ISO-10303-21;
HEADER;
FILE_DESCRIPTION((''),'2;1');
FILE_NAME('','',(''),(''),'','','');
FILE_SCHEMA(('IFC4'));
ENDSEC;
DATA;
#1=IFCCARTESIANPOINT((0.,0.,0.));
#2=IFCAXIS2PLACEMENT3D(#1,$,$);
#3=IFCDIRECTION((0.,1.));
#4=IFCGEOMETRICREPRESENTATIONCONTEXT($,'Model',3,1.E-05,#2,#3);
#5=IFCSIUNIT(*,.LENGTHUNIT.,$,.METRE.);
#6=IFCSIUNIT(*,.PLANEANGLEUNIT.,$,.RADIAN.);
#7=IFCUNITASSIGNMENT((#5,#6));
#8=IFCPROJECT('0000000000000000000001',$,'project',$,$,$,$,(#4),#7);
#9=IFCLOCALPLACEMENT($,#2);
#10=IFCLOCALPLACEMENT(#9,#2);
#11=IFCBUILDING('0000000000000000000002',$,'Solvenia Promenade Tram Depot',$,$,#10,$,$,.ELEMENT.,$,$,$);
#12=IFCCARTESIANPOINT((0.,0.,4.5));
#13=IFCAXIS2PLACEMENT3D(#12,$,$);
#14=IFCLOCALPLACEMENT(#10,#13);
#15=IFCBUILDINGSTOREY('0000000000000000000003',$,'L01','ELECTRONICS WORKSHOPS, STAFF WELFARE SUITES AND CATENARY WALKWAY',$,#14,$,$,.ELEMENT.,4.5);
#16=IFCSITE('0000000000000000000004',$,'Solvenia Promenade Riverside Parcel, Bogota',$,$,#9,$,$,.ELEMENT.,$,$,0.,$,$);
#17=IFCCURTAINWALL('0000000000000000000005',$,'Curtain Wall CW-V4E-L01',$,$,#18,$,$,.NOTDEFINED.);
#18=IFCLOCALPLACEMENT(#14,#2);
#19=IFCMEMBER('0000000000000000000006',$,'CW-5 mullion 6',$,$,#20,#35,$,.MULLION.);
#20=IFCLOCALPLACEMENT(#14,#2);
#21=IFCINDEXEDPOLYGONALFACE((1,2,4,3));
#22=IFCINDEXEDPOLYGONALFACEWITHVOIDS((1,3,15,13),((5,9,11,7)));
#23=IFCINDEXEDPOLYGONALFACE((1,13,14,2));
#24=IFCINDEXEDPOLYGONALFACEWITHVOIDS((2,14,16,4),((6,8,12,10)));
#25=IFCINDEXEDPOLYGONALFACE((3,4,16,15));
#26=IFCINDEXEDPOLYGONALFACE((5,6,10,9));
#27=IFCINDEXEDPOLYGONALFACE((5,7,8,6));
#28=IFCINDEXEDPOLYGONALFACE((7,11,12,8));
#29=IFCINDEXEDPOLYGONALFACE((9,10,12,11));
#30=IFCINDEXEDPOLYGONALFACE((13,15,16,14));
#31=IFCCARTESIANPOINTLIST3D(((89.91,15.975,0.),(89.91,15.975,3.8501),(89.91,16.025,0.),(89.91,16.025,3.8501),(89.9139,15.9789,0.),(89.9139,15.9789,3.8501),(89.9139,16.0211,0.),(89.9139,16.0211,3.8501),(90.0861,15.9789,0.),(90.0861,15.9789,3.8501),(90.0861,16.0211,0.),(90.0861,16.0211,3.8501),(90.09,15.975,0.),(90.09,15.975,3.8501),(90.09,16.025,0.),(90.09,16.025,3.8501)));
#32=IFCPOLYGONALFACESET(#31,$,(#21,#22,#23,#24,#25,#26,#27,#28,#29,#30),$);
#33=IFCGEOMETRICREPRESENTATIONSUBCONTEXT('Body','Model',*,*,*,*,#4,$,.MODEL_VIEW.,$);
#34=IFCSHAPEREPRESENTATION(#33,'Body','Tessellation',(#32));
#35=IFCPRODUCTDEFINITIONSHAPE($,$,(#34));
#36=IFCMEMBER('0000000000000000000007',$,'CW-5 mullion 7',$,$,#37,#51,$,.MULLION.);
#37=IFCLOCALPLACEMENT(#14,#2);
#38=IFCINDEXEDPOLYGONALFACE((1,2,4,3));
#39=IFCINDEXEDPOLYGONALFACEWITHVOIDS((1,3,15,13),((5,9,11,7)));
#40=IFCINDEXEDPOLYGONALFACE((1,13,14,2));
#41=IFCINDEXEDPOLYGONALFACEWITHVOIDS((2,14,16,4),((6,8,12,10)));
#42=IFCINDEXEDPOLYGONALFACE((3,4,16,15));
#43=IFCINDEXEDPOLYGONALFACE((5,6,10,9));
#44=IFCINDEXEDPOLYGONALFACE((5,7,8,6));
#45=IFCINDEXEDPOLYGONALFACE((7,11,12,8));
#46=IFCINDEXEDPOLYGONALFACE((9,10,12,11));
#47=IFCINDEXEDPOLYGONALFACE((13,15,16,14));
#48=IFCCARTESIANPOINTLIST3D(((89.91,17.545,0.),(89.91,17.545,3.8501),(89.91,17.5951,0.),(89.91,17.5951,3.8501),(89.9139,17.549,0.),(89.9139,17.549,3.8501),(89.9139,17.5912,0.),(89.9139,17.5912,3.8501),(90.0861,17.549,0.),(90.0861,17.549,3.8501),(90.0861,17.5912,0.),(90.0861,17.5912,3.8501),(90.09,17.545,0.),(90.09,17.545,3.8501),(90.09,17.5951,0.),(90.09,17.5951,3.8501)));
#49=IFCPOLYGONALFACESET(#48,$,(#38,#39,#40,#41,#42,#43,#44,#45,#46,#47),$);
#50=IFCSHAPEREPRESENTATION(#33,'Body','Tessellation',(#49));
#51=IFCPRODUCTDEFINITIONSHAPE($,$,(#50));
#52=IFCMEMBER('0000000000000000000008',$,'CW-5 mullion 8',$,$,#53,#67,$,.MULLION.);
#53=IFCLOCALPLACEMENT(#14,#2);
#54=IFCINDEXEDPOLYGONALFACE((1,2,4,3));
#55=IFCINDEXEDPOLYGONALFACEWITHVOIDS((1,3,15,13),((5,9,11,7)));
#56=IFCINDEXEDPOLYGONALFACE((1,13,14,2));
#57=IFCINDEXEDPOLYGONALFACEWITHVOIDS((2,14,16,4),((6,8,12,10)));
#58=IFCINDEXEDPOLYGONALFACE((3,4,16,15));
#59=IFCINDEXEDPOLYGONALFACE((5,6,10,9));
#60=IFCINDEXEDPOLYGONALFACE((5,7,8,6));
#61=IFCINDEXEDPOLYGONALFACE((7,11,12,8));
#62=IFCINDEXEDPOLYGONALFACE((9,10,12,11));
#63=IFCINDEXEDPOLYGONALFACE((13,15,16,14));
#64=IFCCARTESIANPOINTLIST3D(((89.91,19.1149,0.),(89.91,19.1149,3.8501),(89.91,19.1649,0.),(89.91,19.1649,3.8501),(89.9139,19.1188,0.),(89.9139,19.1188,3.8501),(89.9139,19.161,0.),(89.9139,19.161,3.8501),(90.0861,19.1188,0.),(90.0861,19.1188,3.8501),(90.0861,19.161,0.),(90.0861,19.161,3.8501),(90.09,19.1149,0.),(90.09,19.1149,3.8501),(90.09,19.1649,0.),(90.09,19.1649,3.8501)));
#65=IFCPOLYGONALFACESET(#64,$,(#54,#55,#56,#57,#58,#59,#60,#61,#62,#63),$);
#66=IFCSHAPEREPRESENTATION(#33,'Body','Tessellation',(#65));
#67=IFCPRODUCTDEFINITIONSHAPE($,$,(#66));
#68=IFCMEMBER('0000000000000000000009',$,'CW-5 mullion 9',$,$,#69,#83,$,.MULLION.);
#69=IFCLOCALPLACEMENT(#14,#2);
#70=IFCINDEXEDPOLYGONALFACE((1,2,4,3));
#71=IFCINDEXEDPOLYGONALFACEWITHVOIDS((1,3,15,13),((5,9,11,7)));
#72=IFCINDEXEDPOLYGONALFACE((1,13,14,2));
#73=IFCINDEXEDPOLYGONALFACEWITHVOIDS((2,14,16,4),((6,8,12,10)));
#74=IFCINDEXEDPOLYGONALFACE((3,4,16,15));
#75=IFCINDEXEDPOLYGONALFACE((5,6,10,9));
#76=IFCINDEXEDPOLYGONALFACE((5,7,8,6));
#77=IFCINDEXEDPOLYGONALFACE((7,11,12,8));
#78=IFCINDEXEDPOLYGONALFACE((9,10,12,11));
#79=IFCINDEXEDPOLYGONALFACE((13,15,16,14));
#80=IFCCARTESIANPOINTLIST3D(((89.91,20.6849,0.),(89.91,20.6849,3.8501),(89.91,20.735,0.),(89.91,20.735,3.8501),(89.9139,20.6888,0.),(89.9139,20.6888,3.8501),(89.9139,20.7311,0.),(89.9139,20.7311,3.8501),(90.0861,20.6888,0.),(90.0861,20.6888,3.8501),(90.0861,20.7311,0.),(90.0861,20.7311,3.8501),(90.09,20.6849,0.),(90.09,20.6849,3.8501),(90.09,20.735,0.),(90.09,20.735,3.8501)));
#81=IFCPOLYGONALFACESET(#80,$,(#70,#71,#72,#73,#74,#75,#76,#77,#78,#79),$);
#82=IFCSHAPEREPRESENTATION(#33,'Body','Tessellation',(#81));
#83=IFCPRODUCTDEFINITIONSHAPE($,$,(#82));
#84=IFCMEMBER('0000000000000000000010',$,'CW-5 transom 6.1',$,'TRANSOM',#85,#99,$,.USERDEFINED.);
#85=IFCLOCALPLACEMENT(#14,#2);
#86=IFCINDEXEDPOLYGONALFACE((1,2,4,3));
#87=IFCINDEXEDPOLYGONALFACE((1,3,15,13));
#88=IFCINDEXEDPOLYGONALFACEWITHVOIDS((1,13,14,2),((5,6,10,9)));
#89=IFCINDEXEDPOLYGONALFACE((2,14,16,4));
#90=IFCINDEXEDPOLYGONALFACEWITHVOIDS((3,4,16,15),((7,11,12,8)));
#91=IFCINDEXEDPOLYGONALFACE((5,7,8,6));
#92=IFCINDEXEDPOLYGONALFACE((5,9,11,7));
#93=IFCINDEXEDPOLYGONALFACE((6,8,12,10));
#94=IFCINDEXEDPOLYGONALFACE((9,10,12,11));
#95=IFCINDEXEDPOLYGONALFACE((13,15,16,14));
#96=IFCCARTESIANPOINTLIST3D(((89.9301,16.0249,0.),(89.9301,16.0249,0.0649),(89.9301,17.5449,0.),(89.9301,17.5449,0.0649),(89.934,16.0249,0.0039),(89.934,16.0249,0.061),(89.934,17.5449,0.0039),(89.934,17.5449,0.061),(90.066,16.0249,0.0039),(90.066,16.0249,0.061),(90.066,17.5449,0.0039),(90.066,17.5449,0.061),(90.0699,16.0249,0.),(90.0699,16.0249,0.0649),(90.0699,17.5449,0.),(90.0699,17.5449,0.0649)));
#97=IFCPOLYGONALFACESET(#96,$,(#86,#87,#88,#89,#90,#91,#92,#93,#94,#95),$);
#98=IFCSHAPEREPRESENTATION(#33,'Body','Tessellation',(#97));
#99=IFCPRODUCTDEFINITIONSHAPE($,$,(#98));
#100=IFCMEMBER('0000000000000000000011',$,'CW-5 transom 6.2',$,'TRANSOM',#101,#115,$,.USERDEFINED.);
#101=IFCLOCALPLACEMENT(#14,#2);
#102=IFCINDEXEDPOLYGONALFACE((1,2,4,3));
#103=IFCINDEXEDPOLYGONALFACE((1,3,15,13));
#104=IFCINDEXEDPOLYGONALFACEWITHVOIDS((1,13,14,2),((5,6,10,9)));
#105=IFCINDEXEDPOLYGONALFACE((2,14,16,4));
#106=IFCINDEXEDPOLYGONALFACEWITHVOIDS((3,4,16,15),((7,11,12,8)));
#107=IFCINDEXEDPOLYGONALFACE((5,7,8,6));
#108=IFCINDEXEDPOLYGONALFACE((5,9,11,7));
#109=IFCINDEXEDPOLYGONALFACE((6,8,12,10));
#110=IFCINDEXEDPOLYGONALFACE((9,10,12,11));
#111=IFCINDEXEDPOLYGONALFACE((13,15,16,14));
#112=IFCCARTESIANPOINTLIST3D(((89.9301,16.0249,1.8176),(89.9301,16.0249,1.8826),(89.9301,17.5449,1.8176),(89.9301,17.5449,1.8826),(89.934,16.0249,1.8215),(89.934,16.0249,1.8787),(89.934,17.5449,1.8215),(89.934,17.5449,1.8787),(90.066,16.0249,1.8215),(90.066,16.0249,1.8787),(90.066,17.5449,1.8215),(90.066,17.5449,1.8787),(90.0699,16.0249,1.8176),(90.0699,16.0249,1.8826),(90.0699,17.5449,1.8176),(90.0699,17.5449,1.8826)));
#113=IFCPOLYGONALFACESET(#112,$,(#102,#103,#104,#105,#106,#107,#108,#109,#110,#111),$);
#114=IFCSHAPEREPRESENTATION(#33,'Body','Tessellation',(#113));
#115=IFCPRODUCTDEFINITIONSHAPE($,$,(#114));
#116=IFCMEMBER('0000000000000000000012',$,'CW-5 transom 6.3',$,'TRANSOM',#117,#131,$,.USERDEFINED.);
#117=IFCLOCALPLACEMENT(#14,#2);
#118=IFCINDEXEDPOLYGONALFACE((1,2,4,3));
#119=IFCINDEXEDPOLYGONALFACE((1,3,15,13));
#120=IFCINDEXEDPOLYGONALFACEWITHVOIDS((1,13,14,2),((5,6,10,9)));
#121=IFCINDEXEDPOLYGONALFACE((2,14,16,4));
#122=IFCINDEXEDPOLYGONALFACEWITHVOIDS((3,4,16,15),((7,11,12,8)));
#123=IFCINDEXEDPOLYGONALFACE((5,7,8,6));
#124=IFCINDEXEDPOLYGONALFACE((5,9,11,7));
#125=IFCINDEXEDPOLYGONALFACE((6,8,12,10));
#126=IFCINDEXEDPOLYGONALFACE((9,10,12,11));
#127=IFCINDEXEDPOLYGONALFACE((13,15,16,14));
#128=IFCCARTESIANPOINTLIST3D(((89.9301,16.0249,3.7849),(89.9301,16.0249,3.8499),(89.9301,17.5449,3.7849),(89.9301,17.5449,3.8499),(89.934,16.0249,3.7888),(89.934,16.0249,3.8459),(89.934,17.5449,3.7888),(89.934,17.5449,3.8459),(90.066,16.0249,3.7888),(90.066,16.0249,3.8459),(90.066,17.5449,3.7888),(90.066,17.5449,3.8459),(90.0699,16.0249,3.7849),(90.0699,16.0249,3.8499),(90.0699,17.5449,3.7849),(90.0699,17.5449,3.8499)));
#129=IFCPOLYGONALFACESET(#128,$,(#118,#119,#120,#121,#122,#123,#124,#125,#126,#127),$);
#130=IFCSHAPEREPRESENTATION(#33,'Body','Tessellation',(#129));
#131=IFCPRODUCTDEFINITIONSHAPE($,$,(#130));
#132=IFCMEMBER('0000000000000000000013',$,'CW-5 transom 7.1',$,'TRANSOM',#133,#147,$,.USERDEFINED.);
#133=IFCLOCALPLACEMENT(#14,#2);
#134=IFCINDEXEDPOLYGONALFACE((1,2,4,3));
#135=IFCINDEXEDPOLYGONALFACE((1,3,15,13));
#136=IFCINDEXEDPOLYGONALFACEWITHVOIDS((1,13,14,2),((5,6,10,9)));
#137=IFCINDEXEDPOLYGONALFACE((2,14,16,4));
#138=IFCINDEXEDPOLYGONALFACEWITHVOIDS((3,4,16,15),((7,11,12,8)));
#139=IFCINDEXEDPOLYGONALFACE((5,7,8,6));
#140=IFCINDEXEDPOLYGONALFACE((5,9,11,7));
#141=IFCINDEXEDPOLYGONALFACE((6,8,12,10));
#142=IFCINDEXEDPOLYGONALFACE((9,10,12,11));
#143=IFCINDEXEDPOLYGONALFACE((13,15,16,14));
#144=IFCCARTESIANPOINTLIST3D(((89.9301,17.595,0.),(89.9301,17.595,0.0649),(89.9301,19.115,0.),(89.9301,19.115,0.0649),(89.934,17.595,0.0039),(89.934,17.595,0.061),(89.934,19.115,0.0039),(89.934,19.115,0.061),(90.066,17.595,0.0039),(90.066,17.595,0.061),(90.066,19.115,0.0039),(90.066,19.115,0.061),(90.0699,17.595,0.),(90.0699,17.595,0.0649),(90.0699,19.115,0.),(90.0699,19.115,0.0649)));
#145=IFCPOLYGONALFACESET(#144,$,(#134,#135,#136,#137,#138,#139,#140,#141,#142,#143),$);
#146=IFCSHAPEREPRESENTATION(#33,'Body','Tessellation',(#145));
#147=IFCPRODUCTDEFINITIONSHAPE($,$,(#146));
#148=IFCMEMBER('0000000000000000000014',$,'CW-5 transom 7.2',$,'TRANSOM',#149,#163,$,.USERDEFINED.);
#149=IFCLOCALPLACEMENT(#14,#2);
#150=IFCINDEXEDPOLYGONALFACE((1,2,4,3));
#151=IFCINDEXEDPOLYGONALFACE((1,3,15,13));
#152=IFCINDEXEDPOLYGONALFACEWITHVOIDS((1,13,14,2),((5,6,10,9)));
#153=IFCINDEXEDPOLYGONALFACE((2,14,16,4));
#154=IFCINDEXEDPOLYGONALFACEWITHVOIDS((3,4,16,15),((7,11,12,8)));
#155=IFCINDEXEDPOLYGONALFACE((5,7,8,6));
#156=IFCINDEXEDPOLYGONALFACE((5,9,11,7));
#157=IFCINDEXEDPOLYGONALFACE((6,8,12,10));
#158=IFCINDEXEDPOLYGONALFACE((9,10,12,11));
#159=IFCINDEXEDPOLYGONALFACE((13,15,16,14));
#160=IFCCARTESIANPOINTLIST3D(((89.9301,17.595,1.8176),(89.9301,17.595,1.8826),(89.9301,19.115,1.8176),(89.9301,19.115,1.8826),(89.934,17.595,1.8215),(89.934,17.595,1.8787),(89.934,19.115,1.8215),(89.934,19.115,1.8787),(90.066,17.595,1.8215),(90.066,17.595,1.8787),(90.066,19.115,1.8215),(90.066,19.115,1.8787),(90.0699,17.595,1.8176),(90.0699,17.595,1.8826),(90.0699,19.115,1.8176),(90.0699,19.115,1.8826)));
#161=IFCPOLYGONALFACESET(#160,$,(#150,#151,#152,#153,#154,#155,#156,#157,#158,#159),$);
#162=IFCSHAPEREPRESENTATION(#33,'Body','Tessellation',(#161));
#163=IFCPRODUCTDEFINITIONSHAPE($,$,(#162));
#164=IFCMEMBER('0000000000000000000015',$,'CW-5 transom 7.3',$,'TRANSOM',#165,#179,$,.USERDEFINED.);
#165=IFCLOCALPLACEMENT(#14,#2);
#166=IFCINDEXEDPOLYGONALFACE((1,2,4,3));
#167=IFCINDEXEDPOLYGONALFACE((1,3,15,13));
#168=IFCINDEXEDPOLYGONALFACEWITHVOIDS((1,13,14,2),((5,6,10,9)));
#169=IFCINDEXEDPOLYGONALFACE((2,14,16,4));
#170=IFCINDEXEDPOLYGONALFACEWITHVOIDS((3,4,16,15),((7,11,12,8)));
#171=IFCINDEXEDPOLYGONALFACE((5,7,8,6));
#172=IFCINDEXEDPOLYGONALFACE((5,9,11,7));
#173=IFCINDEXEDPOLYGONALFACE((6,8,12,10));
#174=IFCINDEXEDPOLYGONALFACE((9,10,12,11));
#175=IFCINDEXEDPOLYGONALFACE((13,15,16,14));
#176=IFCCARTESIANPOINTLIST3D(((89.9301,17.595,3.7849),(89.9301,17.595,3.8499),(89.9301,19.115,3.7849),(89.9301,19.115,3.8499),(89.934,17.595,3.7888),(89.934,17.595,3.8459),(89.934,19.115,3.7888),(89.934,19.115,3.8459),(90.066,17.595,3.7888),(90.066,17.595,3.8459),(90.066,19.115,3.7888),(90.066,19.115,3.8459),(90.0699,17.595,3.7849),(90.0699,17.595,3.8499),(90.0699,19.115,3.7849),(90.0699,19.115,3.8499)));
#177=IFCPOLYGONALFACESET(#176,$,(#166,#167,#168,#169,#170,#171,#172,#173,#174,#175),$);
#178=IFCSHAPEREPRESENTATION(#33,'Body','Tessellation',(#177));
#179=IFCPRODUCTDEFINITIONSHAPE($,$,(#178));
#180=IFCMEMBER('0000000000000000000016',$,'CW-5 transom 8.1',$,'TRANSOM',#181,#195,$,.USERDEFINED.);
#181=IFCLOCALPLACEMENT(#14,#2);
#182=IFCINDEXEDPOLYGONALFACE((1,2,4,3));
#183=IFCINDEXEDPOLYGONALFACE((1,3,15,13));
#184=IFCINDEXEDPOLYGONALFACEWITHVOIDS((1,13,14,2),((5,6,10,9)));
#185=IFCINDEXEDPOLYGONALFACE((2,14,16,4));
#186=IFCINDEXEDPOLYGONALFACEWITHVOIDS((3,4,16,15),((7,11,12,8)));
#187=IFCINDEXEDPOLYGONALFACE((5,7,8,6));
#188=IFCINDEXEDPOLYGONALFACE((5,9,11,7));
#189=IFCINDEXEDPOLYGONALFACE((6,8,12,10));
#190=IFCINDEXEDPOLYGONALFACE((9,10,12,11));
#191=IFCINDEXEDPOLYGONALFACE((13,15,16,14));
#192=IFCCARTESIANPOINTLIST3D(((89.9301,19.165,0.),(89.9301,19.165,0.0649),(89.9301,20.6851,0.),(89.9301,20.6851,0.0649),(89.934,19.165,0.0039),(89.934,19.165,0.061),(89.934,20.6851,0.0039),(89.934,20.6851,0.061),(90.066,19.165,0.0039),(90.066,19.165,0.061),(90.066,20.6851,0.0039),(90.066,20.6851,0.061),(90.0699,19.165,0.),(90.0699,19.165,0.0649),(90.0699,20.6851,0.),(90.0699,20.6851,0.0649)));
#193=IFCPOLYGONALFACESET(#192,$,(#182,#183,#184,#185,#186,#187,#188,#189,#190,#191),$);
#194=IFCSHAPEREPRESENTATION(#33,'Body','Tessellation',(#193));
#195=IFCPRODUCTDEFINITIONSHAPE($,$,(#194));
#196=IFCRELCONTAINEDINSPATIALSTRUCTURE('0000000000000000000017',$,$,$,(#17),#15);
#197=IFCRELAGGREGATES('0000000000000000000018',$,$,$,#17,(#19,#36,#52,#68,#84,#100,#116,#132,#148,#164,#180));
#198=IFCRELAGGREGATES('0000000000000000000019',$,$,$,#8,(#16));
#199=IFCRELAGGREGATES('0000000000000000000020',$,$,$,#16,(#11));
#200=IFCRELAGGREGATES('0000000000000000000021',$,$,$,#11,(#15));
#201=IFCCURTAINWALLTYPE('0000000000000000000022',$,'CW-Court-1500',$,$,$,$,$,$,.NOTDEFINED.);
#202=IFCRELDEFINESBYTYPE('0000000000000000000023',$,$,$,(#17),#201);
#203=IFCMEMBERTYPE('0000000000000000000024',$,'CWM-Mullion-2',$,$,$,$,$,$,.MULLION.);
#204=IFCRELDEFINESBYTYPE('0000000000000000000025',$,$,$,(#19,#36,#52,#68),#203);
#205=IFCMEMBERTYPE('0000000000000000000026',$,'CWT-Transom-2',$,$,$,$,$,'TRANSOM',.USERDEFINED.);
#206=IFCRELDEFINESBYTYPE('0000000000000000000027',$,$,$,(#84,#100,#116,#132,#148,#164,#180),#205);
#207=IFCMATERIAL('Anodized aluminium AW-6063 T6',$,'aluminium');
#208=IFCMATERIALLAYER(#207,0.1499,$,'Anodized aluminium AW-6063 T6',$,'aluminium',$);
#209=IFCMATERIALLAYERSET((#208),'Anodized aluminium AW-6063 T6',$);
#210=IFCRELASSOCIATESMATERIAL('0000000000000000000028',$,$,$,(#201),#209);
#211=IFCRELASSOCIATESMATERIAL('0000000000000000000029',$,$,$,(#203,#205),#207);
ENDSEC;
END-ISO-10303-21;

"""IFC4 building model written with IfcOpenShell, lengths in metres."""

from ifc_helpers import new_model, si_unit, direction, frame, origin, origin_2d, place, context, subcontext, project, spatial, hollow_rectangle, extrude, material, layer, layer_set, material_profile, profile_set, type_object, element, aggregate, save


model = new_model("IFC4")

# Units and contexts
model_context = context("Model", 3, precision=1e-05, world=origin(), true_north=direction((0.0, 1.0)))
body_context = subcontext(model_context, "Body", "Model", "MODEL_VIEW")
ifc_project = project(units=[si_unit("LENGTHUNIT", "METRE"), si_unit("PLANEANGLEUNIT", "RADIAN")], contexts=[model_context])

# Site, building, storey
site_placement = place(None, origin())
site = spatial("IfcSite", under=ifc_project, at=site_placement, Name="Solvenia Promenade Riverside Parcel, Bogota", CompositionType="ELEMENT", RefElevation=0.0)
building_placement = place(site_placement, origin())
building = spatial("IfcBuilding", under=site, at=building_placement, Name="Solvenia Promenade Tram Depot", CompositionType="ELEMENT")
storey_placement = place(building_placement, frame((0.0, 0.0, 4.5)))
storey = spatial("IfcBuildingStorey", under=building, at=storey_placement, Name="L01", Description="ELECTRONICS WORKSHOPS, STAFF WELFARE SUITES AND CATENARY WALKWAY", CompositionType="ELEMENT", Elevation=4.5)

# Curtain wall, members
ifc_material_1 = material(Name="Anodized aluminium AW-6063 T6", Category="aluminium")
ifc_layer_1 = layer(ifc_material_1, 0.1499, Name="Anodized aluminium AW-6063 T6", Category="aluminium")
ifc_layer_set_1 = layer_set([ifc_layer_1], Name="Anodized aluminium AW-6063 T6")
curtain_wall_type = type_object("IfcCurtainWallType", Name="CW-Court-1500", PredefinedType="NOTDEFINED", material=ifc_layer_set_1)
curtain_wall_placement = place(storey_placement, origin())
curtain_wall = element("IfcCurtainWall", 1, at=curtain_wall_placement, inside=storey, type_object=curtain_wall_type, Name="Curtain Wall CW-V4E-L01", PredefinedType="NOTDEFINED")
ifc_material_profile_1 = material_profile(ifc_material_1, hollow_rectangle(XDim=0.1799, YDim=0.05, WallThickness=0.0039, at=origin_2d()), Name="ALU-M2", Category="aluminium")
ifc_profile_set_1 = profile_set([ifc_material_profile_1], Name="Anodized aluminium AW-6063 T6")
member_type_1 = type_object("IfcMemberType", Name="CWM-Mullion-2", PredefinedType="MULLION", material=ifc_profile_set_1)
member_1_placement = place(storey_placement, frame((90.0, 16.0, 0.0), z_axis=(0.0, 0.0, 1.0), x_axis=(-1.0, 0.0, 0.0)))
member_1 = element("IfcMember", 2, at=member_1_placement, type_object=member_type_1, Name="CW-5 mullion 6", PredefinedType="MULLION", context=body_context, shape_type="SweptSolid", body=[
    extrude(hollow_rectangle(XDim=0.1799, YDim=0.05, WallThickness=0.0039, at=origin_2d()), origin(), (0.0, 0.0, 1.0), 3.8501),
])
member_2_placement = place(storey_placement, frame((90.0, 17.5701, 0.0), z_axis=(0.0, 0.0, 1.0), x_axis=(-1.0, 0.0, 0.0)))
member_2 = element("IfcMember", 3, at=member_2_placement, type_object=member_type_1, Name="CW-5 mullion 7", PredefinedType="MULLION", context=body_context, shape_type="SweptSolid", body=[
    extrude(hollow_rectangle(XDim=0.1799, YDim=0.05, WallThickness=0.0039, at=origin_2d()), origin(), (0.0, 0.0, 1.0), 3.8501),
])
member_3_placement = place(storey_placement, frame((90.0, 19.1399, 0.0), z_axis=(0.0, 0.0, 1.0), x_axis=(-1.0, 0.0, 0.0)))
member_3 = element("IfcMember", 4, at=member_3_placement, type_object=member_type_1, Name="CW-5 mullion 8", PredefinedType="MULLION", context=body_context, shape_type="SweptSolid", body=[
    extrude(hollow_rectangle(XDim=0.1799, YDim=0.05, WallThickness=0.0039, at=origin_2d()), origin(), (0.0, 0.0, 1.0), 3.8501),
])
member_4_placement = place(storey_placement, frame((90.0, 20.71, 0.0), z_axis=(0.0, 0.0, 1.0), x_axis=(-1.0, 0.0, 0.0)))
member_4 = element("IfcMember", 5, at=member_4_placement, type_object=member_type_1, Name="CW-5 mullion 9", PredefinedType="MULLION", context=body_context, shape_type="SweptSolid", body=[
    extrude(hollow_rectangle(XDim=0.1799, YDim=0.05, WallThickness=0.0039, at=origin_2d()), origin(), (0.0, 0.0, 1.0), 3.8501),
])
ifc_material_profile_2 = material_profile(ifc_material_1, hollow_rectangle(XDim=0.1399, YDim=0.0649, WallThickness=0.0039, at=origin_2d()), Name="ALU-T2", Category="aluminium")
ifc_profile_set_2 = profile_set([ifc_material_profile_2], Name="Anodized aluminium AW-6063 T6")
member_type_2 = type_object("IfcMemberType", Name="CWT-Transom-2", ElementType="TRANSOM", PredefinedType="USERDEFINED", material=ifc_profile_set_2)
member_5_placement = place(storey_placement, frame((90.0, 16.0249, 0.0325), z_axis=(0.0, 1.0, 0.0), x_axis=(-1.0, 0.0, 0.0)))
member_5 = element("IfcMember", 6, at=member_5_placement, type_object=member_type_2, Name="CW-5 transom 6.1", ObjectType="TRANSOM", PredefinedType="USERDEFINED", context=body_context, shape_type="SweptSolid", body=[
    extrude(hollow_rectangle(XDim=0.1399, YDim=0.0649, WallThickness=0.0039, at=origin_2d()), origin(), (0.0, 0.0, 1.0), 1.52),
])
member_6_placement = place(storey_placement, frame((90.0, 16.0249, 1.8501), z_axis=(0.0, 1.0, 0.0), x_axis=(-1.0, 0.0, 0.0)))
member_6 = element("IfcMember", 7, at=member_6_placement, type_object=member_type_2, Name="CW-5 transom 6.2", ObjectType="TRANSOM", PredefinedType="USERDEFINED", context=body_context, shape_type="SweptSolid", body=[
    extrude(hollow_rectangle(XDim=0.1399, YDim=0.0649, WallThickness=0.0039, at=origin_2d()), origin(), (0.0, 0.0, 1.0), 1.52),
])
member_7_placement = place(storey_placement, frame((90.0, 16.0249, 3.8174), z_axis=(0.0, 1.0, 0.0), x_axis=(-1.0, 0.0, 0.0)))
member_7 = element("IfcMember", 8, at=member_7_placement, type_object=member_type_2, Name="CW-5 transom 6.3", ObjectType="TRANSOM", PredefinedType="USERDEFINED", context=body_context, shape_type="SweptSolid", body=[
    extrude(hollow_rectangle(XDim=0.1399, YDim=0.0649, WallThickness=0.0039, at=origin_2d()), origin(), (0.0, 0.0, 1.0), 1.52),
])
member_8_placement = place(storey_placement, frame((90.0, 17.595, 0.0325), z_axis=(0.0, 1.0, 0.0), x_axis=(-1.0, 0.0, 0.0)))
member_8 = element("IfcMember", 9, at=member_8_placement, type_object=member_type_2, Name="CW-5 transom 7.1", ObjectType="TRANSOM", PredefinedType="USERDEFINED", context=body_context, shape_type="SweptSolid", body=[
    extrude(hollow_rectangle(XDim=0.1399, YDim=0.0649, WallThickness=0.0039, at=origin_2d()), origin(), (0.0, 0.0, 1.0), 1.52),
])
member_9_placement = place(storey_placement, frame((90.0, 17.595, 1.8501), z_axis=(0.0, 1.0, 0.0), x_axis=(-1.0, 0.0, 0.0)))
member_9 = element("IfcMember", 10, at=member_9_placement, type_object=member_type_2, Name="CW-5 transom 7.2", ObjectType="TRANSOM", PredefinedType="USERDEFINED", context=body_context, shape_type="SweptSolid", body=[
    extrude(hollow_rectangle(XDim=0.1399, YDim=0.0649, WallThickness=0.0039, at=origin_2d()), origin(), (0.0, 0.0, 1.0), 1.52),
])
member_10_placement = place(storey_placement, frame((90.0, 17.595, 3.8174), z_axis=(0.0, 1.0, 0.0), x_axis=(-1.0, 0.0, 0.0)))
member_10 = element("IfcMember", 11, at=member_10_placement, type_object=member_type_2, Name="CW-5 transom 7.3", ObjectType="TRANSOM", PredefinedType="USERDEFINED", context=body_context, shape_type="SweptSolid", body=[
    extrude(hollow_rectangle(XDim=0.1399, YDim=0.0649, WallThickness=0.0039, at=origin_2d()), origin(), (0.0, 0.0, 1.0), 1.52),
])
member_11_placement = place(storey_placement, frame((90.0, 19.165, 0.0325), z_axis=(0.0, 1.0, 0.0), x_axis=(-1.0, 0.0, 0.0)))
member_11 = element("IfcMember", 12, at=member_11_placement, type_object=member_type_2, Name="CW-5 transom 8.1", ObjectType="TRANSOM", PredefinedType="USERDEFINED", context=body_context, shape_type="SweptSolid", body=[
    extrude(hollow_rectangle(XDim=0.1399, YDim=0.0649, WallThickness=0.0039, at=origin_2d()), origin(), (0.0, 0.0, 1.0), 1.52),
])

aggregate(curtain_wall, [member_1, member_2, member_3, member_4, member_5, member_6, member_7, member_8, member_9, member_10, member_11])

save(model, "model.ifc")
